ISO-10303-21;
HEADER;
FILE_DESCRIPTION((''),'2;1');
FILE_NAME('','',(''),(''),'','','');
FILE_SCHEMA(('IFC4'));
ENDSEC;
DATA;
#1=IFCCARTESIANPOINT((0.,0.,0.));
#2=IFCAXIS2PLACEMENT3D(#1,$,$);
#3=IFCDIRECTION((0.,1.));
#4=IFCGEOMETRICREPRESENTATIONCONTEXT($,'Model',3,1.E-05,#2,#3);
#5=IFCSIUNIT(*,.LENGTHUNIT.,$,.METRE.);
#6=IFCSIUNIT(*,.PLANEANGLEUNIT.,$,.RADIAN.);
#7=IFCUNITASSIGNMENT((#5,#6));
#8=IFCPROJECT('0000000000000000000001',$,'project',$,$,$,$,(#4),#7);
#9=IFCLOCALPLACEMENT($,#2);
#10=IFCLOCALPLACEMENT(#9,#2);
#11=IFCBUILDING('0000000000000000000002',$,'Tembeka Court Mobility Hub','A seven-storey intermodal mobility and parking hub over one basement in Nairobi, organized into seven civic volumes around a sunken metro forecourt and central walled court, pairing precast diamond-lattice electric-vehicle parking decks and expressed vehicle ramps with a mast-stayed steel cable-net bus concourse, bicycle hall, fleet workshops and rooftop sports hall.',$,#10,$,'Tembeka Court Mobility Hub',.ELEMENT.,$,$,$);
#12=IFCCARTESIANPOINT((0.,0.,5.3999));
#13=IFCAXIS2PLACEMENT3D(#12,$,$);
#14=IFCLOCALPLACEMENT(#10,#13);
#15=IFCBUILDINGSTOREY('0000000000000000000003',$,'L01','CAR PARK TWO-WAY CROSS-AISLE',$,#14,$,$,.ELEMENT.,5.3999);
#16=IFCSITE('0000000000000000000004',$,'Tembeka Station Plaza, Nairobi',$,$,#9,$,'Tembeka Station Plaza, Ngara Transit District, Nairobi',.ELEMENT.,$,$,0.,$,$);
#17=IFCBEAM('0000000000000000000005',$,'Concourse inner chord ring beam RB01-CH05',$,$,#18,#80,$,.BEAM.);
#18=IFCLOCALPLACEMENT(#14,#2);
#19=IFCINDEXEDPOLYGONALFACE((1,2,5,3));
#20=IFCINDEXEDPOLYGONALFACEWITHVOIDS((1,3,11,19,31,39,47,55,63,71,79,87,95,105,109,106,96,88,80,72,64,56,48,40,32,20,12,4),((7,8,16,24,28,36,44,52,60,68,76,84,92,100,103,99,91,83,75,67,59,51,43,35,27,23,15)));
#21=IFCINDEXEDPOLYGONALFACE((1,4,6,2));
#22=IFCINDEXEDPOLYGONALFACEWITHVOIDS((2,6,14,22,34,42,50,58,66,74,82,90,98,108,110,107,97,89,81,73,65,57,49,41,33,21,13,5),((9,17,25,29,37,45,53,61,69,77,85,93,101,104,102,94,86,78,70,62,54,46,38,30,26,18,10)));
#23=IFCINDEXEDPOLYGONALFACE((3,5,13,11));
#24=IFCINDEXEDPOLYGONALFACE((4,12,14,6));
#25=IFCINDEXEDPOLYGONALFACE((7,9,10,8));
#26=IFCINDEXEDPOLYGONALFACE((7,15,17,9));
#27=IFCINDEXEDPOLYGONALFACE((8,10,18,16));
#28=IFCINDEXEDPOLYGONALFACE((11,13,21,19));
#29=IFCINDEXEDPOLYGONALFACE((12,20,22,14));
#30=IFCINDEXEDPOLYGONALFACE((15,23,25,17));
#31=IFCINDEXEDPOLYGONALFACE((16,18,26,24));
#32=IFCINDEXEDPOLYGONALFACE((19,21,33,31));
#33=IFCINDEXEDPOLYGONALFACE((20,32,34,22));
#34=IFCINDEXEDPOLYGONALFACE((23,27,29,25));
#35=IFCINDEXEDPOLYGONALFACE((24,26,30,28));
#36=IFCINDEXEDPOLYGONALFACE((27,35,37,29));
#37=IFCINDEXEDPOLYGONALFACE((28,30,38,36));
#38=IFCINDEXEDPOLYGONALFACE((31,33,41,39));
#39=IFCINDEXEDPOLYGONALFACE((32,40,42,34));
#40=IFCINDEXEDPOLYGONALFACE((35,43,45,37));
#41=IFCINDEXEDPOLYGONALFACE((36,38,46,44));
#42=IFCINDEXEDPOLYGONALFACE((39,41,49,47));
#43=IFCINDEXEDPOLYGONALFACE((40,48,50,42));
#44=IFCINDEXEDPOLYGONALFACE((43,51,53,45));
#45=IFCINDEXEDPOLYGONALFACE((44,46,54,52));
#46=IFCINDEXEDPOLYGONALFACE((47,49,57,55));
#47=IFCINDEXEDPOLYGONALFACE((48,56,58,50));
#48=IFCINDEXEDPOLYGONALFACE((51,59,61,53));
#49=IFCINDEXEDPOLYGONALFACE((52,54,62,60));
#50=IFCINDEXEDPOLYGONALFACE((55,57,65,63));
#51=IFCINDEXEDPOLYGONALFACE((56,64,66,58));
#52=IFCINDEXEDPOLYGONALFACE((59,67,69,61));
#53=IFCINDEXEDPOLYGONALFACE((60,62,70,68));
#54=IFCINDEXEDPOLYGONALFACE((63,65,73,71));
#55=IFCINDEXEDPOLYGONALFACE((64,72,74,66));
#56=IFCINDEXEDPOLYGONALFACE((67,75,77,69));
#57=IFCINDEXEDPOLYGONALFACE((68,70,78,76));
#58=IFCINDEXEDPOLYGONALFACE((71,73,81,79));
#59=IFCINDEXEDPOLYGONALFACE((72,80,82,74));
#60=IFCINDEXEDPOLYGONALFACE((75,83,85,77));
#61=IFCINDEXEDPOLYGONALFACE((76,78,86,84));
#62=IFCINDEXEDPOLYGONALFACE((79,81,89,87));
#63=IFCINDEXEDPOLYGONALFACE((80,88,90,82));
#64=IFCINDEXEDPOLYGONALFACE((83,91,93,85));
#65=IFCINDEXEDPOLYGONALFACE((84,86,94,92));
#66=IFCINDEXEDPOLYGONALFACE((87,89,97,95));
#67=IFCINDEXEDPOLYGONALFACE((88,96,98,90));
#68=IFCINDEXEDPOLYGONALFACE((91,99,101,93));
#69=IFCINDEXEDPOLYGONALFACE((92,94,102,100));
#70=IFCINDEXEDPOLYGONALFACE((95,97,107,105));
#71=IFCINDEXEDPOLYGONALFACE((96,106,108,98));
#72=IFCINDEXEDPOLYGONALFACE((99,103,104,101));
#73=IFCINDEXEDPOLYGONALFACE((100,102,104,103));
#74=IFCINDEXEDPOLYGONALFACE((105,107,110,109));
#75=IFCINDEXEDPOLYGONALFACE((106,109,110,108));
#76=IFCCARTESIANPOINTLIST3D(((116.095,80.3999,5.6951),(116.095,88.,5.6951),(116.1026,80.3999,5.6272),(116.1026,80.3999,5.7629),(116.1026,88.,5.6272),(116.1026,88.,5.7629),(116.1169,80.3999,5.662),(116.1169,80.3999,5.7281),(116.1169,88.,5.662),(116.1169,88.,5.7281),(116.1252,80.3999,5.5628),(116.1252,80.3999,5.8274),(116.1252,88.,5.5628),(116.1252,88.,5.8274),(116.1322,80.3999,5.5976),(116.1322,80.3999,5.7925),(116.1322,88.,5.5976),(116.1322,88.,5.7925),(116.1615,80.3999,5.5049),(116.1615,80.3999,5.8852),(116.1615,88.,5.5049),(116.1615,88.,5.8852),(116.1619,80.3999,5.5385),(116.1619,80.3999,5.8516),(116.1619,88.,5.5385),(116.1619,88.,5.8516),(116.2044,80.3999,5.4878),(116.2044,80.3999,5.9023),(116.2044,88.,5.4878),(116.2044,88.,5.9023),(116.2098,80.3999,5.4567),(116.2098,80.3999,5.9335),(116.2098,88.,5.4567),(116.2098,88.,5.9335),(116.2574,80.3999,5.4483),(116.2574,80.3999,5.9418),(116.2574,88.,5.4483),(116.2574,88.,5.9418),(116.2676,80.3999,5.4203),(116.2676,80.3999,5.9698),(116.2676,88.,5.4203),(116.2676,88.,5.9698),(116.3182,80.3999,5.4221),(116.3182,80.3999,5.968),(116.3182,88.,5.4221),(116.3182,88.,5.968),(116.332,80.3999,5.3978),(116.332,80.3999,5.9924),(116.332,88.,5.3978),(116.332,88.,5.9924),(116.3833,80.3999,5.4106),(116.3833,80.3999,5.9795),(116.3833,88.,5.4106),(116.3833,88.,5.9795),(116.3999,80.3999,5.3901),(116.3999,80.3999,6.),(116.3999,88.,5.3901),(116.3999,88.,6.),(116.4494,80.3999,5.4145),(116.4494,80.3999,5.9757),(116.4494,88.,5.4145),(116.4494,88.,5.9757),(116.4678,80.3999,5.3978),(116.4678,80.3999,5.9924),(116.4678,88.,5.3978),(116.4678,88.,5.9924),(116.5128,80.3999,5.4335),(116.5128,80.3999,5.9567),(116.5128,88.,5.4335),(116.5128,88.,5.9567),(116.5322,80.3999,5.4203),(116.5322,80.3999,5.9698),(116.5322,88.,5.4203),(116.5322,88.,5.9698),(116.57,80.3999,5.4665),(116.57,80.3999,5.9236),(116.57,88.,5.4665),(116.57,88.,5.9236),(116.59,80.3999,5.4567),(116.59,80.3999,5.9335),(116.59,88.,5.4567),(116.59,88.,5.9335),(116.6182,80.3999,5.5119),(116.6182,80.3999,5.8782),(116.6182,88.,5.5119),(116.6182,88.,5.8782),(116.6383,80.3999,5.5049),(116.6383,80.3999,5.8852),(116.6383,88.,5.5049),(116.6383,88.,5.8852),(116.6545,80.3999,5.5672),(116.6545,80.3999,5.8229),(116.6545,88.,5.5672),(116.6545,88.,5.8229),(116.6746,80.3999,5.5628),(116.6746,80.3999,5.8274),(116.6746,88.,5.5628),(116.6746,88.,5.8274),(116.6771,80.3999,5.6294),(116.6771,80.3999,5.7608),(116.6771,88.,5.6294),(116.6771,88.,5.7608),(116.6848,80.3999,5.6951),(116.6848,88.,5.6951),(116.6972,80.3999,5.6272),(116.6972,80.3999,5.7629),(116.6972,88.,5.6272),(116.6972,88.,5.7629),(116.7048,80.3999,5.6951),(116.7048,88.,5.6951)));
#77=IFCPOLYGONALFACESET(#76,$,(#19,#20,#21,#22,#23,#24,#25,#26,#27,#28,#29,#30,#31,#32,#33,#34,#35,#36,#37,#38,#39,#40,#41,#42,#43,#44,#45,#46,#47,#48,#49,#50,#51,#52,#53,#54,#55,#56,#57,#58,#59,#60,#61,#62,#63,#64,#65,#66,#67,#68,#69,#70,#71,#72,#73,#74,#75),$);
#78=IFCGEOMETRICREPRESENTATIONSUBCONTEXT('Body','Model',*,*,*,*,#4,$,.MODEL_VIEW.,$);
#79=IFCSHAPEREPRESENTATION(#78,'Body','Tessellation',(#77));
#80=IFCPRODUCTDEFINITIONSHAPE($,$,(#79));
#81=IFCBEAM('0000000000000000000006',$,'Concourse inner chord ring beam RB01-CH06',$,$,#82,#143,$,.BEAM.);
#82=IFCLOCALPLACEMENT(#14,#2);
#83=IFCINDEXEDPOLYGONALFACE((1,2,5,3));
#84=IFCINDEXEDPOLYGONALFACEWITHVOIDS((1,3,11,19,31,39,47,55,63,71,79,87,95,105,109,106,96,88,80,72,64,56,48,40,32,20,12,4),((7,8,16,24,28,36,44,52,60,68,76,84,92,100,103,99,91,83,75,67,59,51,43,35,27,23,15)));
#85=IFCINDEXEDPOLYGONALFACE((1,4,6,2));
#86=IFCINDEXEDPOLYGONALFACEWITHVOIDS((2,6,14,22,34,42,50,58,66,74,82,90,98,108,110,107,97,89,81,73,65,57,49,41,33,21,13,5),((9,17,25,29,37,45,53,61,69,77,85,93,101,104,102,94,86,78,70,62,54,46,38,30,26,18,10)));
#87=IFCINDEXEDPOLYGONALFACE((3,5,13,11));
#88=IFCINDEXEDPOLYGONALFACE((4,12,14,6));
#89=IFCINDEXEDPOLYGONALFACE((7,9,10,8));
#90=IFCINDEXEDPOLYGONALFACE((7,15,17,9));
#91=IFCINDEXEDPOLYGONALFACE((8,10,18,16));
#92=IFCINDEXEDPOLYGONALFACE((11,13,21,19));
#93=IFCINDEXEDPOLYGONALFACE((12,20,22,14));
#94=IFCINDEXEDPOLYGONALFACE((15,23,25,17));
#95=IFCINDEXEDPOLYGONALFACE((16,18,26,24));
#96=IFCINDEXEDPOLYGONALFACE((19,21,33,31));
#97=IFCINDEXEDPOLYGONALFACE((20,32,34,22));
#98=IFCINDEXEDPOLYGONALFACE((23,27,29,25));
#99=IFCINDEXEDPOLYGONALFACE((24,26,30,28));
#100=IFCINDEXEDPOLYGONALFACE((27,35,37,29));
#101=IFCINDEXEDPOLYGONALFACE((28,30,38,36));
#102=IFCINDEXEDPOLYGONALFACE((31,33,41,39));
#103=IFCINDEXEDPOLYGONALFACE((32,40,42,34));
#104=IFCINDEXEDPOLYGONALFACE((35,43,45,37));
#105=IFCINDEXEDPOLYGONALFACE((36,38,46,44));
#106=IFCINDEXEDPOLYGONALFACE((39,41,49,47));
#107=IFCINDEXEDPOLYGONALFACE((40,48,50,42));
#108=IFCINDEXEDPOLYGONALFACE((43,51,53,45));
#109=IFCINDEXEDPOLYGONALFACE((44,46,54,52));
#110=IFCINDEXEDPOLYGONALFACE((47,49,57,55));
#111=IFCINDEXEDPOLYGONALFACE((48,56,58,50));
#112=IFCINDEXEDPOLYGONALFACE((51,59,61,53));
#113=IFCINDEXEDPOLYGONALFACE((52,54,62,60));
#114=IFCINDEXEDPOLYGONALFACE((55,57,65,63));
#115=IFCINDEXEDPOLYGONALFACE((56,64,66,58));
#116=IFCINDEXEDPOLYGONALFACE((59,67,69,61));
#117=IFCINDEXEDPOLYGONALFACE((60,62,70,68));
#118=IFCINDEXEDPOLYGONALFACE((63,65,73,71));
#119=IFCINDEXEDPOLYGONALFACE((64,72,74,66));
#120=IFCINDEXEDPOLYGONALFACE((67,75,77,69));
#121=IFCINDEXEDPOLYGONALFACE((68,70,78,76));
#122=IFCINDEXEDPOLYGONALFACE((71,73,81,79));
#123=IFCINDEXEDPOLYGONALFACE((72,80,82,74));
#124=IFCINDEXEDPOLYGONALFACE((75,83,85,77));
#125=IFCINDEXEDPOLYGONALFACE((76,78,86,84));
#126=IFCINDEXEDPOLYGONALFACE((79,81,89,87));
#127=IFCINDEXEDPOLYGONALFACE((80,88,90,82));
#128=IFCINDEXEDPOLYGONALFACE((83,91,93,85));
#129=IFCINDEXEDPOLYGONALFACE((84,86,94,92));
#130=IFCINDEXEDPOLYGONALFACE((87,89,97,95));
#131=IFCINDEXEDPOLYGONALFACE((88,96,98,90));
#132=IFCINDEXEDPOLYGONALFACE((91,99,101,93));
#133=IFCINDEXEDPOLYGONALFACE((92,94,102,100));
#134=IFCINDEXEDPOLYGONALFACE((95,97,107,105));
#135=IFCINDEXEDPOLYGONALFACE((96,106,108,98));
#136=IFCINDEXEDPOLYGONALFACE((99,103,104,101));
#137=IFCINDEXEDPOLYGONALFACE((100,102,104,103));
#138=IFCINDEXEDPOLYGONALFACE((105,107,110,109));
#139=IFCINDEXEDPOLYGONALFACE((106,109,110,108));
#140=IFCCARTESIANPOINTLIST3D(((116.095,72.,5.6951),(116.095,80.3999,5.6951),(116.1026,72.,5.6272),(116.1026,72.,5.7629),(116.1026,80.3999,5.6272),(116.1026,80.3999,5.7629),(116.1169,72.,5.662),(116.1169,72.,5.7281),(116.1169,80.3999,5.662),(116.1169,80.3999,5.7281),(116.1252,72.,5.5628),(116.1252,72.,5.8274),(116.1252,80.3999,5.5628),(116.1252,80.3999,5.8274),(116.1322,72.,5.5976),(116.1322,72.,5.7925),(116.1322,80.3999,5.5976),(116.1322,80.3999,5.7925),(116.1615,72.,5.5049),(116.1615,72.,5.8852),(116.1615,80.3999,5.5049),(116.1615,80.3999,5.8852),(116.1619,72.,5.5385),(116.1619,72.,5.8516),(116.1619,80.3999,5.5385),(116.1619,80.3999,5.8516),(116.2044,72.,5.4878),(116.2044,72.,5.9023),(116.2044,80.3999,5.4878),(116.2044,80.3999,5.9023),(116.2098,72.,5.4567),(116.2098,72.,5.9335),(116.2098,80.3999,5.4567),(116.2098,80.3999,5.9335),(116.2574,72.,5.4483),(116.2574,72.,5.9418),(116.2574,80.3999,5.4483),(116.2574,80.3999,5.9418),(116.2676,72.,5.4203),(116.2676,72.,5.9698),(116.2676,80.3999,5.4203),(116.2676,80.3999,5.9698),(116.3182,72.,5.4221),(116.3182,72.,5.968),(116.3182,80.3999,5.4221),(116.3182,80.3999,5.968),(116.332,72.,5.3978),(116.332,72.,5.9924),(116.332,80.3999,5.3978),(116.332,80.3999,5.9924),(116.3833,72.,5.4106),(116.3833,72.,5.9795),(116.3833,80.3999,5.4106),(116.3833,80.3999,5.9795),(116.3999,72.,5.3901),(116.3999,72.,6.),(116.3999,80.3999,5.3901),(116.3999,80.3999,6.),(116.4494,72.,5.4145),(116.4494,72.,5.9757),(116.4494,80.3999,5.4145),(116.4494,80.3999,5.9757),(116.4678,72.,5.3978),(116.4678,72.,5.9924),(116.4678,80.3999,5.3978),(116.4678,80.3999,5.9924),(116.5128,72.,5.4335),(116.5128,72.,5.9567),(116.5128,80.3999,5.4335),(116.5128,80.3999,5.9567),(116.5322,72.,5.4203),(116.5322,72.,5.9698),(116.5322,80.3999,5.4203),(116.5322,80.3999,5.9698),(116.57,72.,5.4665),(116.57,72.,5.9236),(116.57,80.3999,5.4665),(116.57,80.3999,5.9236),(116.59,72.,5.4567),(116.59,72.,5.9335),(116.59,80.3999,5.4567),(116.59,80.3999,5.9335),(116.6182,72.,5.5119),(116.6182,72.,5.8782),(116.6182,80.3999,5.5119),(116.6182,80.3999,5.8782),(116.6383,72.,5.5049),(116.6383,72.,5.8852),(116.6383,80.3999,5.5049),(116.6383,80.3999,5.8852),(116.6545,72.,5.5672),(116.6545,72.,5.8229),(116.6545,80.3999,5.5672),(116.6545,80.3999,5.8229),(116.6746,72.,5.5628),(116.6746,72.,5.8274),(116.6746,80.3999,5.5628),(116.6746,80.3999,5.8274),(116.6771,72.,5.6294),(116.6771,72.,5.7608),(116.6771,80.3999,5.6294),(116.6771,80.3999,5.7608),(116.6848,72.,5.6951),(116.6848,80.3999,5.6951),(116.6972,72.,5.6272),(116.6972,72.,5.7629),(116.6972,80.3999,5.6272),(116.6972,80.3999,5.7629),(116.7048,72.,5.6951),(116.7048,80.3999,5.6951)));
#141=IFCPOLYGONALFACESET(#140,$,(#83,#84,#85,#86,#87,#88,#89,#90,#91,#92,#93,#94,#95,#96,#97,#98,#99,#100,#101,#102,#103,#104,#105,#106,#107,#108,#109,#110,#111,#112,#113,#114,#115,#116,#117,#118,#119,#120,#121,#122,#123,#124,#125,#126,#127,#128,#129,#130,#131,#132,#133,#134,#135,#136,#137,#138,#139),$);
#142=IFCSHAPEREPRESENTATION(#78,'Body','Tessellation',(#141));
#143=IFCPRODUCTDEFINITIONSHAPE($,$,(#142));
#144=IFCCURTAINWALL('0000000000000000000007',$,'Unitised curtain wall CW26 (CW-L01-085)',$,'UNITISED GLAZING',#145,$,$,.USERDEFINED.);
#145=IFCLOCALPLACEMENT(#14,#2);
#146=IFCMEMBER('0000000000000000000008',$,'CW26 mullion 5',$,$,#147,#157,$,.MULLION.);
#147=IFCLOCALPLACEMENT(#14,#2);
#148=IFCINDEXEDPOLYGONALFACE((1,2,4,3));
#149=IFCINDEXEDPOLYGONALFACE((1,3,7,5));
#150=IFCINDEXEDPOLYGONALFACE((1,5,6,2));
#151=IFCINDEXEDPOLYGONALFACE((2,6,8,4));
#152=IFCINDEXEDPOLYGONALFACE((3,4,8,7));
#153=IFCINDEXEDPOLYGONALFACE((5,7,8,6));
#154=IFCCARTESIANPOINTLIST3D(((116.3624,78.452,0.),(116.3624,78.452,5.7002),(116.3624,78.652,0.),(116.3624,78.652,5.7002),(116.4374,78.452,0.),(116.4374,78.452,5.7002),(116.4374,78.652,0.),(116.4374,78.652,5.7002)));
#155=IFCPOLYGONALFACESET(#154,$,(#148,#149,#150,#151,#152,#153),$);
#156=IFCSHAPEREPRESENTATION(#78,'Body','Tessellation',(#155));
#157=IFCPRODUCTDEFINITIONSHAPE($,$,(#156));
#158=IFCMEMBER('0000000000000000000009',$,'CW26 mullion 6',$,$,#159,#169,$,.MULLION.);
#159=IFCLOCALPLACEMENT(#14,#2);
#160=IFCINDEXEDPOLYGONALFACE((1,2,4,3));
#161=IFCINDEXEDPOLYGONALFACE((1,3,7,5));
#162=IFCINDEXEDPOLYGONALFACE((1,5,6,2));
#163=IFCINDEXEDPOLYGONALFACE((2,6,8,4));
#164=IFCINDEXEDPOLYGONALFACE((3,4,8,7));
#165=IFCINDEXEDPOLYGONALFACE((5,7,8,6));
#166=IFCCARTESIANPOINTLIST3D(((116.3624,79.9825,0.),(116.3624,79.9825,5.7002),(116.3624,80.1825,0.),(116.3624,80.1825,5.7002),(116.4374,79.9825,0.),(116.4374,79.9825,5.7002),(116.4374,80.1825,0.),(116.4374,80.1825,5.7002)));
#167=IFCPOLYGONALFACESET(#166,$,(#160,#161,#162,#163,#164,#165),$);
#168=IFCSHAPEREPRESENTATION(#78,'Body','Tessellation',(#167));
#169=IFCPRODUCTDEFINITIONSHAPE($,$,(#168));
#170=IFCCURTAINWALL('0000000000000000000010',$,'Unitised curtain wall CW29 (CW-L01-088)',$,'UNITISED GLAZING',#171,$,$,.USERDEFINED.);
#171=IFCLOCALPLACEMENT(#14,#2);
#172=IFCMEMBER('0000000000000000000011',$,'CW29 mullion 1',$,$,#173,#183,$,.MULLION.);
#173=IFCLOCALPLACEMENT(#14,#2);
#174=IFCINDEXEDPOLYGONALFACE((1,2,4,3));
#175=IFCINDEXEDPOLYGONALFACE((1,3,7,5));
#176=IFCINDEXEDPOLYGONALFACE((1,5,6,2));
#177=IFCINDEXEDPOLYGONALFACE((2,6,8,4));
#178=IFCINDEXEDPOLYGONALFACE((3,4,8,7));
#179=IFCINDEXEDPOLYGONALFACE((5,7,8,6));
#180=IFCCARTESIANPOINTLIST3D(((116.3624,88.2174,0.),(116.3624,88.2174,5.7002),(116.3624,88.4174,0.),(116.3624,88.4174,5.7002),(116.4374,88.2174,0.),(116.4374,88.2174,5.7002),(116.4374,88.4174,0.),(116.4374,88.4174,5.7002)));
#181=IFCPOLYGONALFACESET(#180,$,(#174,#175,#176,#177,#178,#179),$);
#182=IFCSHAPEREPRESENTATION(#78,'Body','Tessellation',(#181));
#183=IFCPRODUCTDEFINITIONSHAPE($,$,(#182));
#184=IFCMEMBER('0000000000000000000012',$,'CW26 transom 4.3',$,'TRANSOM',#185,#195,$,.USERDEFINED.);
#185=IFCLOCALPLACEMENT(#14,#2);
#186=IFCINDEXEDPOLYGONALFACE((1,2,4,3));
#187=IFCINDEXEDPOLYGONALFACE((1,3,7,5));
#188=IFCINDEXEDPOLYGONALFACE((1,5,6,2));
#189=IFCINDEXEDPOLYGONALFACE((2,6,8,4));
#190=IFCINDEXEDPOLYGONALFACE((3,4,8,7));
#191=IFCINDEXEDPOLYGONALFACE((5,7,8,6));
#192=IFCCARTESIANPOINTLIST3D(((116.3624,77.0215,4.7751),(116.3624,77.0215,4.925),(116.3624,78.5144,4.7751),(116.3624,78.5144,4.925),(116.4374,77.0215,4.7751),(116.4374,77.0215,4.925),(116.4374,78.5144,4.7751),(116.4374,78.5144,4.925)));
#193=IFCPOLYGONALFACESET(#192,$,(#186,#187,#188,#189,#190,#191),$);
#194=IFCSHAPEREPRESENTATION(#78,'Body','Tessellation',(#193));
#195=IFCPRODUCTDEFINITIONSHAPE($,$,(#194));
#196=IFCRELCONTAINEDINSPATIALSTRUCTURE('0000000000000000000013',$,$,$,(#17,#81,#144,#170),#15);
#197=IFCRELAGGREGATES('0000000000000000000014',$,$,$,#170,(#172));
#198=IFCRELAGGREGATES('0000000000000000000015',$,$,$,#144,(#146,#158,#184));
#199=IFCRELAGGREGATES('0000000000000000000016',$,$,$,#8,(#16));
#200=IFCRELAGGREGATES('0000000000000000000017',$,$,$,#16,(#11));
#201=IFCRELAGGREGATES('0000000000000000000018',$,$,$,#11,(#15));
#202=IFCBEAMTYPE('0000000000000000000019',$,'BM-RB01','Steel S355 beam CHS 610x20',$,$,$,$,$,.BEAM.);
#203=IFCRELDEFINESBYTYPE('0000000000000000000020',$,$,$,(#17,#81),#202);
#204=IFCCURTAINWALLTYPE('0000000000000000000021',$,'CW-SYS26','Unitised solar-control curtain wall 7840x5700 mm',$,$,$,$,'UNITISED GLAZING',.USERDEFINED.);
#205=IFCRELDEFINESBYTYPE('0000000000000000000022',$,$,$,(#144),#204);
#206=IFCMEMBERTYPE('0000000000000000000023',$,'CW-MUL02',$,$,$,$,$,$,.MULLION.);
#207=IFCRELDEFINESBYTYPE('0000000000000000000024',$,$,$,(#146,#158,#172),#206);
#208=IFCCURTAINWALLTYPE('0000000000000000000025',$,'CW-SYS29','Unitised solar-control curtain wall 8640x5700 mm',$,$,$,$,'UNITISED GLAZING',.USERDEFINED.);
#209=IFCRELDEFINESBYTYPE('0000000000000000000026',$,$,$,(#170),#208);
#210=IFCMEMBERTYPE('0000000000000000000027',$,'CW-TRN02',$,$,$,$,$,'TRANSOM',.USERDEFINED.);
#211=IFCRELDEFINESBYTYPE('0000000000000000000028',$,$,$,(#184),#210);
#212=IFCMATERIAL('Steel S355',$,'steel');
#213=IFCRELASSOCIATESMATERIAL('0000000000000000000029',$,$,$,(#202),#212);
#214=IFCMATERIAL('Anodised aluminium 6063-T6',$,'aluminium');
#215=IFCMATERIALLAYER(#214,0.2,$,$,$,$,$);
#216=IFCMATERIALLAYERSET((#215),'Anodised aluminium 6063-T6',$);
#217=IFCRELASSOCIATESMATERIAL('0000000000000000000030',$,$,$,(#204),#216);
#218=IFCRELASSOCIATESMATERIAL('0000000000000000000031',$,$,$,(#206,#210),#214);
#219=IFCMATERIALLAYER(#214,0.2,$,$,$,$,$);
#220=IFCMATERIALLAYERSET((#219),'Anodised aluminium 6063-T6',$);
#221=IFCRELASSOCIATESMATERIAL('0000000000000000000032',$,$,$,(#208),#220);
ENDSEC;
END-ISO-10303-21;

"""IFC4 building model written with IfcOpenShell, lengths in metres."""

from ifc_helpers import new_model, si_unit, direction, frame, origin, origin_2d, place, context, subcontext, project, spatial, rectangle, hollow_circle, extrude, material, layer, layer_set, material_profile, profile_set, type_object, element, aggregate, save


model = new_model("IFC4")

# Units and contexts
model_context = context("Model", 3, precision=1e-05, world=origin(), true_north=direction((0.0, 1.0)))
body_context = subcontext(model_context, "Body", "Model", "MODEL_VIEW")
ifc_project = project(units=[si_unit("LENGTHUNIT", "METRE"), si_unit("PLANEANGLEUNIT", "RADIAN")], contexts=[model_context])

# Site, building, storey
site_placement = place(None, origin())
site = spatial("IfcSite", under=ifc_project, at=site_placement, Name="Tembeka Station Plaza, Nairobi", LongName="Tembeka Station Plaza, Ngara Transit District, Nairobi", CompositionType="ELEMENT", RefElevation=0.0)
building_placement = place(site_placement, origin())
building = spatial("IfcBuilding", under=site, at=building_placement, Name="Tembeka Court Mobility Hub", Description="A seven-storey intermodal mobility and parking hub over one basement in Nairobi, organized into seven civic volumes around a sunken metro forecourt and central walled court, pairing precast diamond-lattice electric-vehicle parking decks and expressed vehicle ramps with a mast-stayed steel cable-net bus concourse, bicycle hall, fleet workshops and rooftop sports hall.", LongName="Tembeka Court Mobility Hub", CompositionType="ELEMENT")
storey_placement = place(building_placement, frame((0.0, 0.0, 5.3999)))
storey = spatial("IfcBuildingStorey", under=building, at=storey_placement, Name="L01", Description="CAR PARK TWO-WAY CROSS-AISLE", CompositionType="ELEMENT", Elevation=5.3999)

# Beams
ifc_material_1 = material(Name="Steel S355", Category="steel")
ifc_material_profile_1 = material_profile(ifc_material_1, hollow_circle(Radius=0.3049, WallThickness=0.02, at=origin_2d()), Name="CHS 610x20")
ifc_profile_set_1 = profile_set([ifc_material_profile_1], Name="Steel S355")
beam_type_1 = type_object("IfcBeamType", Name="BM-RB01", Description="Steel S355 beam CHS 610x20", PredefinedType="BEAM", material=ifc_profile_set_1)
beam_1_placement = place(storey_placement, frame((116.3999, 88.0, 5.6951), z_axis=(0.0, -1.0, 0.0), x_axis=(1.0, 0.0, 0.0)))
element("IfcBeam", 1, at=beam_1_placement, inside=storey, type_object=beam_type_1, Name="Concourse inner chord ring beam RB01-CH05", PredefinedType="BEAM", context=body_context, shape_type="SweptSolid", body=[
    extrude(hollow_circle(Radius=0.3049, WallThickness=0.02, at=origin_2d()), origin(), (0.0, 0.0, 1.0), 7.6001),
])
beam_2_placement = place(storey_placement, frame((116.3999, 80.3999, 5.6951), z_axis=(0.0, -1.0, 0.0), x_axis=(1.0, 0.0, 0.0)))
element("IfcBeam", 2, at=beam_2_placement, inside=storey, type_object=beam_type_1, Name="Concourse inner chord ring beam RB01-CH06", PredefinedType="BEAM", context=body_context, shape_type="SweptSolid", body=[
    extrude(hollow_circle(Radius=0.3049, WallThickness=0.02, at=origin_2d()), origin(), (0.0, 0.0, 1.0), 8.3999),
])

# Curtain wall, members
ifc_material_2 = material(Name="Anodised aluminium 6063-T6", Category="aluminium")
ifc_layer_1 = layer(ifc_material_2, 0.2)
ifc_layer_set_1 = layer_set([ifc_layer_1], Name="Anodised aluminium 6063-T6")
curtain_wall_type_1 = type_object("IfcCurtainWallType", Name="CW-SYS26", Description="Unitised solar-control curtain wall 7840x5700 mm", ElementType="UNITISED GLAZING", PredefinedType="USERDEFINED", material=ifc_layer_set_1)
curtain_wall_1_placement = place(storey_placement, origin())
curtain_wall_1 = element("IfcCurtainWall", 3, at=curtain_wall_1_placement, inside=storey, type_object=curtain_wall_type_1, Name="Unitised curtain wall CW26 (CW-L01-085)", ObjectType="UNITISED GLAZING", PredefinedType="USERDEFINED")
ifc_material_profile_2 = material_profile(ifc_material_2, rectangle(XDim=0.075, YDim=0.2, at=origin_2d()), Name="ALU-MUL 75x200")
ifc_profile_set_2 = profile_set([ifc_material_profile_2], Name="Anodised aluminium 6063-T6")
member_type_1 = type_object("IfcMemberType", Name="CW-MUL02", PredefinedType="MULLION", material=ifc_profile_set_2)
member_1_placement = place(storey_placement, frame((116.3999, 78.552, 0.0), z_axis=(0.0, 0.0, 1.0), x_axis=(-1.0, 0.0, 0.0)))
member_1 = element("IfcMember", 4, at=member_1_placement, type_object=member_type_1, Name="CW26 mullion 5", PredefinedType="MULLION", context=body_context, shape_type="SweptSolid", body=[
    extrude(rectangle(XDim=0.075, YDim=0.2, at=origin_2d()), origin(), (0.0, 0.0, 1.0), 5.7002),
])
member_2_placement = place(storey_placement, frame((116.3999, 80.0825, 0.0), z_axis=(0.0, 0.0, 1.0), x_axis=(-1.0, 0.0, 0.0)))
member_2 = element("IfcMember", 5, at=member_2_placement, type_object=member_type_1, Name="CW26 mullion 6", PredefinedType="MULLION", context=body_context, shape_type="SweptSolid", body=[
    extrude(rectangle(XDim=0.075, YDim=0.2, at=origin_2d()), origin(), (0.0, 0.0, 1.0), 5.7002),
])

# Curtain wall, member
ifc_layer_2 = layer(ifc_material_2, 0.2)
ifc_layer_set_2 = layer_set([ifc_layer_2], Name="Anodised aluminium 6063-T6")
curtain_wall_type_2 = type_object("IfcCurtainWallType", Name="CW-SYS29", Description="Unitised solar-control curtain wall 8640x5700 mm", ElementType="UNITISED GLAZING", PredefinedType="USERDEFINED", material=ifc_layer_set_2)
curtain_wall_2_placement = place(storey_placement, origin())
curtain_wall_2 = element("IfcCurtainWall", 6, at=curtain_wall_2_placement, inside=storey, type_object=curtain_wall_type_2, Name="Unitised curtain wall CW29 (CW-L01-088)", ObjectType="UNITISED GLAZING", PredefinedType="USERDEFINED")
member_3_placement = place(storey_placement, frame((116.3999, 88.3174, 0.0), z_axis=(0.0, 0.0, 1.0), x_axis=(-1.0, 0.0, 0.0)))
member_3 = element("IfcMember", 7, at=member_3_placement, type_object=member_type_1, Name="CW29 mullion 1", PredefinedType="MULLION", context=body_context, shape_type="SweptSolid", body=[
    extrude(rectangle(XDim=0.075, YDim=0.2, at=origin_2d()), origin(), (0.0, 0.0, 1.0), 5.7002),
])

# Member
ifc_material_profile_3 = material_profile(ifc_material_2, rectangle(XDim=0.075, YDim=0.1499, at=origin_2d()), Name="ALU-TRN 75x150")
ifc_profile_set_3 = profile_set([ifc_material_profile_3], Name="Anodised aluminium 6063-T6")
member_type_2 = type_object("IfcMemberType", Name="CW-TRN02", ElementType="TRANSOM", PredefinedType="USERDEFINED", material=ifc_profile_set_3)
member_4_placement = place(storey_placement, frame((116.3999, 77.0215, 4.8501), z_axis=(0.0, 1.0, 0.0), x_axis=(-1.0, 0.0, 0.0)))
member_4 = element("IfcMember", 8, at=member_4_placement, type_object=member_type_2, Name="CW26 transom 4.3", ObjectType="TRANSOM", PredefinedType="USERDEFINED", context=body_context, shape_type="SweptSolid", body=[
    extrude(rectangle(XDim=0.075, YDim=0.1499, at=origin_2d()), origin(), (0.0, 0.0, 1.0), 1.4929),
])
aggregate(curtain_wall_2, [member_3])

aggregate(curtain_wall_1, [member_1, member_2, member_4])

save(model, "model.ifc")
